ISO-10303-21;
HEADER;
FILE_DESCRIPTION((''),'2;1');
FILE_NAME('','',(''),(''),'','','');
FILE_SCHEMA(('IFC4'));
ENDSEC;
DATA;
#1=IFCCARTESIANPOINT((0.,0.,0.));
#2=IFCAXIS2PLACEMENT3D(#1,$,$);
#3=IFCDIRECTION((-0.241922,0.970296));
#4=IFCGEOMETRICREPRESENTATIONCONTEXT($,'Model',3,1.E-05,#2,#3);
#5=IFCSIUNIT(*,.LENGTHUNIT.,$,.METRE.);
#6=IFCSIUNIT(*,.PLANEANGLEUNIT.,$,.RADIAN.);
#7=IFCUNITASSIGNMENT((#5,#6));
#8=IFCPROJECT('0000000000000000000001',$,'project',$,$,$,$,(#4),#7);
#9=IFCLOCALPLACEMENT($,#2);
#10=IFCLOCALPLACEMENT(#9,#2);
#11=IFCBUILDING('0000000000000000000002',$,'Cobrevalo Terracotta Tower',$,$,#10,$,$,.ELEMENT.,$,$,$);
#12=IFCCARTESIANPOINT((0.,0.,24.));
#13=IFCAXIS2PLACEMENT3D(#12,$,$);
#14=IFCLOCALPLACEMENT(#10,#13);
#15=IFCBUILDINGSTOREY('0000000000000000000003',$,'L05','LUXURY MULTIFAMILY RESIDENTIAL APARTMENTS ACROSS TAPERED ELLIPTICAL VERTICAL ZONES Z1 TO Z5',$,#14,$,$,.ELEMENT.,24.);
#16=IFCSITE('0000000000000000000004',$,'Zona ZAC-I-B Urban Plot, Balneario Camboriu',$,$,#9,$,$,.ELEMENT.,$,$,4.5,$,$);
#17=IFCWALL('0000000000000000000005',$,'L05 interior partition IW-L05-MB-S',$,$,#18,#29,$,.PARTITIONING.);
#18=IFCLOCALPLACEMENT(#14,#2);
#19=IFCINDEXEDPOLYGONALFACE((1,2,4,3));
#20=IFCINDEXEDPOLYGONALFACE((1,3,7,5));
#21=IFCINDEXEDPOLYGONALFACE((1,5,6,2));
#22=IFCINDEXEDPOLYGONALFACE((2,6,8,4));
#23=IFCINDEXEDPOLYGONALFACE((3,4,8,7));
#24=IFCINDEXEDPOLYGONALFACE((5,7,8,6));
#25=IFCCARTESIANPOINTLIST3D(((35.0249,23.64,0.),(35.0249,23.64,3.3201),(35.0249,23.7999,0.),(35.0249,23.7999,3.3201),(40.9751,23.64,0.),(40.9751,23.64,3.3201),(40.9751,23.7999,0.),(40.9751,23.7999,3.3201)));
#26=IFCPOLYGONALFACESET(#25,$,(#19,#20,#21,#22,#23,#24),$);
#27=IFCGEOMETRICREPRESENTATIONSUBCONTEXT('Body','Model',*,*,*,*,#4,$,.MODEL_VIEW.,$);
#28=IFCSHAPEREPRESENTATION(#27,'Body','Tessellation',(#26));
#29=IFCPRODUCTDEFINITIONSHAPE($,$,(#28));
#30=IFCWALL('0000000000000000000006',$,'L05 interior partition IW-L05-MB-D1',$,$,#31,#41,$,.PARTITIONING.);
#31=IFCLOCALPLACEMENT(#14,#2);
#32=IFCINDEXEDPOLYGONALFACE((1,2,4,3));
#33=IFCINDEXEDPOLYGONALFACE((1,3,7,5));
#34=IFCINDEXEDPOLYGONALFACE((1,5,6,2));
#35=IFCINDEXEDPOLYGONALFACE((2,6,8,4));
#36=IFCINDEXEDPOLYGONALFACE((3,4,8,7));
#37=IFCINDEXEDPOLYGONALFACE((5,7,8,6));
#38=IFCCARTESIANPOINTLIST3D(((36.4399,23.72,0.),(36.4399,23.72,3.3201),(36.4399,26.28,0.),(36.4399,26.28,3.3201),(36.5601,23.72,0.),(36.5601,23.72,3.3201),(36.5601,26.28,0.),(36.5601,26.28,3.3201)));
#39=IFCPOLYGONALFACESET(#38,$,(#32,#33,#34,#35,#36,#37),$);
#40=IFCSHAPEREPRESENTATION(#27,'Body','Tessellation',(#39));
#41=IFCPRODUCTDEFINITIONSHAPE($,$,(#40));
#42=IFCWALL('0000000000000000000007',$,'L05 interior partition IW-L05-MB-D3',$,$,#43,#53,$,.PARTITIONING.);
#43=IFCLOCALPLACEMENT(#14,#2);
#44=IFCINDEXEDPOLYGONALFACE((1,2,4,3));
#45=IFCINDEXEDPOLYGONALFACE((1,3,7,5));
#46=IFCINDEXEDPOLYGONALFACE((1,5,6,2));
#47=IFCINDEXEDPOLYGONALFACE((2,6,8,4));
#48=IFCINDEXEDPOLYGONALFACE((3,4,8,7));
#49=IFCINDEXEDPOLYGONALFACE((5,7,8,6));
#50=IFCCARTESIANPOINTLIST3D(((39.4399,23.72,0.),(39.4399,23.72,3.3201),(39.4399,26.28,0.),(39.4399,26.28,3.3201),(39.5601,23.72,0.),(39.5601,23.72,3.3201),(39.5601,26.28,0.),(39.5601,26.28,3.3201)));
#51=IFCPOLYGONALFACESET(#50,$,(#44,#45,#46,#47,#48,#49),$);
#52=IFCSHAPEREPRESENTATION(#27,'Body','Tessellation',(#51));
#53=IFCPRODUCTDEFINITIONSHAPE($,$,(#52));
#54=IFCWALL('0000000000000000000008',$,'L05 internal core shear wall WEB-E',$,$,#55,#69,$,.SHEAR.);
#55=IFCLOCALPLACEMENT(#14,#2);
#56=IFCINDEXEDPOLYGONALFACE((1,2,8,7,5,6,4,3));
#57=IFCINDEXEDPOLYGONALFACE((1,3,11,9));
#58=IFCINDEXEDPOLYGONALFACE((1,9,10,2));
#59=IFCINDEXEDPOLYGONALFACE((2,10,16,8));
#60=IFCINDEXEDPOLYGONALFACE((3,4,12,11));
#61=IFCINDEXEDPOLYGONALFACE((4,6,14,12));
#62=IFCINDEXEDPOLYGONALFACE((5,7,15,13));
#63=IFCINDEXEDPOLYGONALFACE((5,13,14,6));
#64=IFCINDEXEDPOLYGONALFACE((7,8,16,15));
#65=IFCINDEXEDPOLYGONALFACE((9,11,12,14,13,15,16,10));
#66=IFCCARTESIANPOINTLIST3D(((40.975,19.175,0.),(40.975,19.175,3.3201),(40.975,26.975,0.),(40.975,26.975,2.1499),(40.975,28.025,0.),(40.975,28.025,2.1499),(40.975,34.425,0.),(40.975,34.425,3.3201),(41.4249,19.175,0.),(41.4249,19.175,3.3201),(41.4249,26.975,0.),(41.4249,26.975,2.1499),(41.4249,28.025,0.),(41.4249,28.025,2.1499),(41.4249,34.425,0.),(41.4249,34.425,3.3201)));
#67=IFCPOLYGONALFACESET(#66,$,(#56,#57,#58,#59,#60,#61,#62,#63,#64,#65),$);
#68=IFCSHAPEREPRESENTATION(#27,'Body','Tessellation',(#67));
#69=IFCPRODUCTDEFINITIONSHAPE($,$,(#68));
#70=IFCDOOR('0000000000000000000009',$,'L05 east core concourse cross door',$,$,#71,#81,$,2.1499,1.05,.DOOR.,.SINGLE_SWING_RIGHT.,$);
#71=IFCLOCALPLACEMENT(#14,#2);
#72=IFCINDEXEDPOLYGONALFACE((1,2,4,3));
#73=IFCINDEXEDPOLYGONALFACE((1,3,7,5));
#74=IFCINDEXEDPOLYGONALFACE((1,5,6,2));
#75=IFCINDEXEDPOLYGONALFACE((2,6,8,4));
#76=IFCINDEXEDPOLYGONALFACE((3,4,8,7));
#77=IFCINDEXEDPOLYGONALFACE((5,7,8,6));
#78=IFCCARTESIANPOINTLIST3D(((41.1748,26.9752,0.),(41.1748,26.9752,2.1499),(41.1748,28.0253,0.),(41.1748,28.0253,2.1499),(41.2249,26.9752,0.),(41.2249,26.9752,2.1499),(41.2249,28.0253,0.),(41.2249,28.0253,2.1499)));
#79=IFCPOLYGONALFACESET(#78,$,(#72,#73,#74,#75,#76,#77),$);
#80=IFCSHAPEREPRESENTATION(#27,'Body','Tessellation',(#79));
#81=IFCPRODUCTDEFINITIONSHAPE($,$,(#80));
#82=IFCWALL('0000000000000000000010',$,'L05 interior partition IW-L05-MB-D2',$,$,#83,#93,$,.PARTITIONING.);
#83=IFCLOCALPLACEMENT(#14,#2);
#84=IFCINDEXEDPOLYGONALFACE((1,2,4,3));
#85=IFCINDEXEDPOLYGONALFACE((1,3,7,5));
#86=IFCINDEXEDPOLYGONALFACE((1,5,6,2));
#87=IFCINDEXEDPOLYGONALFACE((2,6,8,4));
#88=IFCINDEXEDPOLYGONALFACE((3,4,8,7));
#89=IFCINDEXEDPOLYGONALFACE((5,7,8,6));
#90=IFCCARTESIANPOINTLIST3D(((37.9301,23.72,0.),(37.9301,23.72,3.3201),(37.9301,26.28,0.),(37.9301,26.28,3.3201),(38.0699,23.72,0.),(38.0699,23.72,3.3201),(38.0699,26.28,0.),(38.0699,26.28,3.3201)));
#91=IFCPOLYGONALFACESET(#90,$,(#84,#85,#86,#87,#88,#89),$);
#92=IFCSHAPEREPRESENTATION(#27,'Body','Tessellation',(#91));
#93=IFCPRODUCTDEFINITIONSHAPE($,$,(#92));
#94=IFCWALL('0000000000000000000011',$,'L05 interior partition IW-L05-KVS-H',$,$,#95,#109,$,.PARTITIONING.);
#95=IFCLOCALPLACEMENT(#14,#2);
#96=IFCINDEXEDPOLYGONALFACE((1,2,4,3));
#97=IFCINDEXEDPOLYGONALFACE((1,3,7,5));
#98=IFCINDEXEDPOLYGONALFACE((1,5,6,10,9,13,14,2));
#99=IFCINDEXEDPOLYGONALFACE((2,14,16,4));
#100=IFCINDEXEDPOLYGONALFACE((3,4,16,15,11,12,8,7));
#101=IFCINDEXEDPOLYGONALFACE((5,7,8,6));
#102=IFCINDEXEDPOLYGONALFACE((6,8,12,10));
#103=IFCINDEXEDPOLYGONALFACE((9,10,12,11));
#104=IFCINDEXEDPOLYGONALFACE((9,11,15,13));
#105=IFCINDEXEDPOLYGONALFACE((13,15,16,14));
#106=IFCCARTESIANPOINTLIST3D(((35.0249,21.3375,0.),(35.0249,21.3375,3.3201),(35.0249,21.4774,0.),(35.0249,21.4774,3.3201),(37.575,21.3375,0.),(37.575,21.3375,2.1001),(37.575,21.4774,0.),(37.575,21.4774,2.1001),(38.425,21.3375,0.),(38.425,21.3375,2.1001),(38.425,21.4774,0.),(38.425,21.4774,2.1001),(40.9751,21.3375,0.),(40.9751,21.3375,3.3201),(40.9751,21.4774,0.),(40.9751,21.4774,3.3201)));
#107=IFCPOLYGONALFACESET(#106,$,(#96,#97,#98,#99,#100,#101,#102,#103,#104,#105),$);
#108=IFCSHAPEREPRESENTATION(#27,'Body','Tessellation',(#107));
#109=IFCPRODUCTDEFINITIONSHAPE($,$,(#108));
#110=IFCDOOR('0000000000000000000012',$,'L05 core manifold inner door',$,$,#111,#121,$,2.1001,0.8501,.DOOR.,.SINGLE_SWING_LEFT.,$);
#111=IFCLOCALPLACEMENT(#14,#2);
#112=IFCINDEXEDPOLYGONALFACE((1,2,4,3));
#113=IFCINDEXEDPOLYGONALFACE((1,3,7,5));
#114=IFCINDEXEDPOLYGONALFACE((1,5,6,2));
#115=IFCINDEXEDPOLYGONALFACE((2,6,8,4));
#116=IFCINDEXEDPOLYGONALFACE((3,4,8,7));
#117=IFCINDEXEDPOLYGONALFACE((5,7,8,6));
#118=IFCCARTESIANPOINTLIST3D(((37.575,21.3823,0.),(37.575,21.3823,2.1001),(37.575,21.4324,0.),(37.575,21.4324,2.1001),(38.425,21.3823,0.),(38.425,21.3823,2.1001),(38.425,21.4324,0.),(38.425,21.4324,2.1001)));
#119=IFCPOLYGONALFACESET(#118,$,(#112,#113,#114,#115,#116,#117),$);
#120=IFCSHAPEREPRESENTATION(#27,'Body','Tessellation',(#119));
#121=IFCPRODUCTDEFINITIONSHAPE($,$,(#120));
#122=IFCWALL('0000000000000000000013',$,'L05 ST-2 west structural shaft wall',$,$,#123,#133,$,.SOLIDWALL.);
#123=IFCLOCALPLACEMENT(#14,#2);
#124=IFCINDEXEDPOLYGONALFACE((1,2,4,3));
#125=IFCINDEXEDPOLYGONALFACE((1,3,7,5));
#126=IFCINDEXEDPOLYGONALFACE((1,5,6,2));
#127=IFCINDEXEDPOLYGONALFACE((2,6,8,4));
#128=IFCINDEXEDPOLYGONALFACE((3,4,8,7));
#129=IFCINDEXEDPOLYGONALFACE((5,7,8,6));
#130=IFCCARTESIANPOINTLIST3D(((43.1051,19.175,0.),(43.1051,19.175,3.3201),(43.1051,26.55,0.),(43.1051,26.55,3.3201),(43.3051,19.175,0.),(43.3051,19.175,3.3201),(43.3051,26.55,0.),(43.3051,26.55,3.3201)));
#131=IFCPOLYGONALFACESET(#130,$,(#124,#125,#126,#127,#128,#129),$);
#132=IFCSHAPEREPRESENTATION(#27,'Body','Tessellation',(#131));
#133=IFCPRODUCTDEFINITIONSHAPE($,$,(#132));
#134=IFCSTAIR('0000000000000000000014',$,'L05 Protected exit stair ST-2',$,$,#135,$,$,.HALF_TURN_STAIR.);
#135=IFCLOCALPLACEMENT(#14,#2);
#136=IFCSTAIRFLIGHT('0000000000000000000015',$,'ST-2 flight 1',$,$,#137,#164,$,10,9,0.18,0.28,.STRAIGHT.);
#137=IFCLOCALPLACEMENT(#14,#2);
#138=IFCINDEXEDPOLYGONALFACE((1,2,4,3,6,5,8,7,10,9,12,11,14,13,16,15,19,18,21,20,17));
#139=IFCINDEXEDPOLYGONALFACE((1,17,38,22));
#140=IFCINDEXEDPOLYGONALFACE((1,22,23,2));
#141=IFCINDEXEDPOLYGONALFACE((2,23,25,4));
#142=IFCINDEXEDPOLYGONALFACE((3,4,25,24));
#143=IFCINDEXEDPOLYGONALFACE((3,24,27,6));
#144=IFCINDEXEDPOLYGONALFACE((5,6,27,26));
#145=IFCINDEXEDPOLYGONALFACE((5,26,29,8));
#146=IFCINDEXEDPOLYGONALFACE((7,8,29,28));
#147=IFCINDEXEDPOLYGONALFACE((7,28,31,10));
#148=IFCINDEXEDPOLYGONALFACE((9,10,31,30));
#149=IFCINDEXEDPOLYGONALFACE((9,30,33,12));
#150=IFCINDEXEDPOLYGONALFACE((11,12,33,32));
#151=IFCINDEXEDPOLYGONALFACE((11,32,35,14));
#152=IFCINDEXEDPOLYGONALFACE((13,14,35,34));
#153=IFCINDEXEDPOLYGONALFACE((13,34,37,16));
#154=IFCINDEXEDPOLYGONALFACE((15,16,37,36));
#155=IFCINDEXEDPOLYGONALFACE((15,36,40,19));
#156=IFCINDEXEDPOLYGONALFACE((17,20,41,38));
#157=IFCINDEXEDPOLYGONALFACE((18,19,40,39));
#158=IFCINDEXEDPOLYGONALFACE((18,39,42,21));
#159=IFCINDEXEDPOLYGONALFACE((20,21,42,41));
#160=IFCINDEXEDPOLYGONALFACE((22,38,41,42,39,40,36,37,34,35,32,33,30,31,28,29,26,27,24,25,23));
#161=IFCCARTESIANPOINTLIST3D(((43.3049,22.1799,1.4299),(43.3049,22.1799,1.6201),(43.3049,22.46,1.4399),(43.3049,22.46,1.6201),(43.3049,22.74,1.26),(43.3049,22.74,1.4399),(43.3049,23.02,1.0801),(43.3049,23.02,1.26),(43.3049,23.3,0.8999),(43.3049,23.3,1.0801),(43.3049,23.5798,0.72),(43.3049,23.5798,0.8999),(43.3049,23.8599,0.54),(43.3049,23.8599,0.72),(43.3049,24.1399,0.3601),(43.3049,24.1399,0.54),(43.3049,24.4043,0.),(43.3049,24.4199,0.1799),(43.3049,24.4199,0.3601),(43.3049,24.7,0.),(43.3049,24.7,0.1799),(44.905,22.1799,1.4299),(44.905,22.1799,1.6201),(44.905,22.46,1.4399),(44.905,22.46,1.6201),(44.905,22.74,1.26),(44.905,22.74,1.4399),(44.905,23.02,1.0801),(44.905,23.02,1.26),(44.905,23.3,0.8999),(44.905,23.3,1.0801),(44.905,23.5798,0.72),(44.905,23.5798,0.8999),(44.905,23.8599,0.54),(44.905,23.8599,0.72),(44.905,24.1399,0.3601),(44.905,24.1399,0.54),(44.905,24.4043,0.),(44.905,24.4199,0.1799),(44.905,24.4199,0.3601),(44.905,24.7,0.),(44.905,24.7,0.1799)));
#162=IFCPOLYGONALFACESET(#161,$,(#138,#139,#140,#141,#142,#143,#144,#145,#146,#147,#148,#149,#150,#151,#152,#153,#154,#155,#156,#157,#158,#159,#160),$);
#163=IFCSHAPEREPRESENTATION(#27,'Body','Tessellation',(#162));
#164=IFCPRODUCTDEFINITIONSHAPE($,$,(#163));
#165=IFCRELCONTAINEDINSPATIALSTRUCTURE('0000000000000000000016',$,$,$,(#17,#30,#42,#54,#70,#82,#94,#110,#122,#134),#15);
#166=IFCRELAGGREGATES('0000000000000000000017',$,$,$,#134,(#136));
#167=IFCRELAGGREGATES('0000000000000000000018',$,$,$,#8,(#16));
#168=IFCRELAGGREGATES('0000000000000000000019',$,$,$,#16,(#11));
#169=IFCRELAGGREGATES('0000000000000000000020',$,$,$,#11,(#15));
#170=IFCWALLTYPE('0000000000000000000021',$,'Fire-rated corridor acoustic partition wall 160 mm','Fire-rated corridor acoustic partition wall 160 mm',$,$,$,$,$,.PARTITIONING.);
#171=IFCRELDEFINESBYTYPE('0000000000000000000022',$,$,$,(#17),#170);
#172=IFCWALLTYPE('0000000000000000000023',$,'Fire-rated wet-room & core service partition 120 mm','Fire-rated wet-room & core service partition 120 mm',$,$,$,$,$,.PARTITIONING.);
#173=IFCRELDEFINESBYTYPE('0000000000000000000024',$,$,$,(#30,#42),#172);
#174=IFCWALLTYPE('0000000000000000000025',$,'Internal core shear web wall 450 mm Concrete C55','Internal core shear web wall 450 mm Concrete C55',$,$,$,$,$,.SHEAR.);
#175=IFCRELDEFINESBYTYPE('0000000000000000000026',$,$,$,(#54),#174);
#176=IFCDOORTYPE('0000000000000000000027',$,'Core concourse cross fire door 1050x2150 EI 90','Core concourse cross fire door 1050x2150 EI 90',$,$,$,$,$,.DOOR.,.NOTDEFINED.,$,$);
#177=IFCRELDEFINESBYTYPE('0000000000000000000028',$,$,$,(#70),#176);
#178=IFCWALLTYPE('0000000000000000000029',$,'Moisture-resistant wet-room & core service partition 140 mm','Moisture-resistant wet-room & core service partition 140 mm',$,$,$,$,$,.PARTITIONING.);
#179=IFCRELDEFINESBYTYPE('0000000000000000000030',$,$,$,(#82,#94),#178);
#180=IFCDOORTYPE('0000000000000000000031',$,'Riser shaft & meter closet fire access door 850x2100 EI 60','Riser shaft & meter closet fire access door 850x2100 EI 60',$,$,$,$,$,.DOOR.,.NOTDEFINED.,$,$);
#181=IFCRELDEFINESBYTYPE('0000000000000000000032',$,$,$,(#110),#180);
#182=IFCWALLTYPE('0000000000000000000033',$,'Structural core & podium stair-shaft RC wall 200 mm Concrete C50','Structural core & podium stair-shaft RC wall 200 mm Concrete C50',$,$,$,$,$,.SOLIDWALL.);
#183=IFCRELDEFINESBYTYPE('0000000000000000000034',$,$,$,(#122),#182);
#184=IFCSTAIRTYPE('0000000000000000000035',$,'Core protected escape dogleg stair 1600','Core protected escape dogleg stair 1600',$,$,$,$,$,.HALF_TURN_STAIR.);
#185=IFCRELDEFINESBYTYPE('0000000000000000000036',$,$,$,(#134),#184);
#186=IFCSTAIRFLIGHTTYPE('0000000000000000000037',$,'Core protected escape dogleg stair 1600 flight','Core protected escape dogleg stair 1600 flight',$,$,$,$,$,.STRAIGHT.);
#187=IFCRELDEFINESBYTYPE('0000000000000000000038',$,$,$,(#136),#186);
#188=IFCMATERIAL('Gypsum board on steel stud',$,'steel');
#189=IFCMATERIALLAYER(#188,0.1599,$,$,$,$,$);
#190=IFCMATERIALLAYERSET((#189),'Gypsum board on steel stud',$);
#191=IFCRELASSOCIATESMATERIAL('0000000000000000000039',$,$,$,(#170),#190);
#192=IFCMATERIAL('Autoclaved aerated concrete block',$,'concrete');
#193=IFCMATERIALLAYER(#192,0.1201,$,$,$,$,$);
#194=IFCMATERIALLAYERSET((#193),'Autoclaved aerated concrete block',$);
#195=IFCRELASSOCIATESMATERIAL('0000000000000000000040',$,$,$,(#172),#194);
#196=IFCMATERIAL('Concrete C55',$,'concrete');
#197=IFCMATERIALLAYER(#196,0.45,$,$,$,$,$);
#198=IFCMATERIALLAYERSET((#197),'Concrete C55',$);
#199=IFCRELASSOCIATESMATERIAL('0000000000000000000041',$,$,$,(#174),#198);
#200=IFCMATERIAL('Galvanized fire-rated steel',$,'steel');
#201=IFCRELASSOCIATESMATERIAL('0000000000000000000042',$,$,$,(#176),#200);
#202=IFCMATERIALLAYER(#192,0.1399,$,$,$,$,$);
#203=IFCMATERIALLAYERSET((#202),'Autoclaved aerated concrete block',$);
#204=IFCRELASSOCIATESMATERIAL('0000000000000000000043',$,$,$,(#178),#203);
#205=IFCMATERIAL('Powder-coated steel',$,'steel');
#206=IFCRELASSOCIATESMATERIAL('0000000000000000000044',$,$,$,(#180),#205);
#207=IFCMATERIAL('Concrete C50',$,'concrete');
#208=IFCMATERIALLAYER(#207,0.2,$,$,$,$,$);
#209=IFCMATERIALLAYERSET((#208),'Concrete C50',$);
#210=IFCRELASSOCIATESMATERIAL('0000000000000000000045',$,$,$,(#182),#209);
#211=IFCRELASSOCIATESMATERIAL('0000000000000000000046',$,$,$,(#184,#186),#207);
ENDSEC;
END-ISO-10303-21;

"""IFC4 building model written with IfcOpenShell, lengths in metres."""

from ifc_helpers import new_model, si_unit, direction, frame, frame_2d, origin, place, context, subcontext, project, spatial, polyline, rectangle, outline, extrude, source, transform, mapped, material, layer, layer_set, type_object, element, fill, aggregate, save


model = new_model("IFC4")

# Units and contexts
model_context = context("Model", 3, precision=1e-05, world=origin(), true_north=direction((-0.241922, 0.970296)))
body_context = subcontext(model_context, "Body", "Model", "MODEL_VIEW")
ifc_project = project(units=[si_unit("LENGTHUNIT", "METRE"), si_unit("PLANEANGLEUNIT", "RADIAN")], contexts=[model_context])

# Site, building, storey
site_placement = place(None, origin())
site = spatial("IfcSite", under=ifc_project, at=site_placement, Name="Zona ZAC-I-B Urban Plot, Balneario Camboriu", CompositionType="ELEMENT", RefElevation=4.5)
building_placement = place(site_placement, origin())
building = spatial("IfcBuilding", under=site, at=building_placement, Name="Cobrevalo Terracotta Tower", CompositionType="ELEMENT")
storey_placement = place(building_placement, frame((0.0, 0.0, 24.0)))
storey = spatial("IfcBuildingStorey", under=building, at=storey_placement, Name="L05", Description="LUXURY MULTIFAMILY RESIDENTIAL APARTMENTS ACROSS TAPERED ELLIPTICAL VERTICAL ZONES Z1 TO Z5", CompositionType="ELEMENT", Elevation=24.0)

# Walls
ifc_material_1 = material(Name="Gypsum board on steel stud", Category="steel")
ifc_layer_1 = layer(ifc_material_1, 0.1599)
ifc_layer_set_1 = layer_set([ifc_layer_1], Name="Gypsum board on steel stud")
wall_type_1 = type_object("IfcWallType", Name="Fire-rated corridor acoustic partition wall 160 mm", Description="Fire-rated corridor acoustic partition wall 160 mm", PredefinedType="PARTITIONING", material=ifc_layer_set_1)
wall_1_placement = place(storey_placement, frame((35.0249, 23.72, 0.0), z_axis=(0.0, 0.0, 1.0), x_axis=(1.0, 0.0, 0.0)))
element("IfcWall", 1, at=wall_1_placement, inside=storey, type_object=wall_type_1, Name="L05 interior partition IW-L05-MB-S", PredefinedType="PARTITIONING", context=body_context, shape_type="SweptSolid", body=[
    extrude(rectangle(XDim=5.9502, YDim=0.1599, at=frame_2d((2.9751, 0.0))), origin(), (0.0, 0.0, 1.0), 3.3201),
])
ifc_material_2 = material(Name="Autoclaved aerated concrete block", Category="concrete")
ifc_layer_2 = layer(ifc_material_2, 0.1201)
ifc_layer_set_2 = layer_set([ifc_layer_2], Name="Autoclaved aerated concrete block")
wall_type_2 = type_object("IfcWallType", Name="Fire-rated wet-room & core service partition 120 mm", Description="Fire-rated wet-room & core service partition 120 mm", PredefinedType="PARTITIONING", material=ifc_layer_set_2)
for number, where, z_axis, x_axis, name in (
    (2, (36.5, 23.72, 0.0), (0.0, 0.0, 1.0), (0.0, 1.0, 0.0), "L05 interior partition IW-L05-MB-D1"),
    (3, (39.5, 23.72, 0.0), (0.0, 0.0, 1.0), (0.0, 1.0, 0.0), "L05 interior partition IW-L05-MB-D3"),
):
    element("IfcWall", number, at=place(storey_placement, frame(where, z_axis=z_axis, x_axis=x_axis)), inside=storey, type_object=wall_type_2, Name=name, PredefinedType="PARTITIONING", context=body_context, shape_type="SweptSolid", body=[
        extrude(rectangle(XDim=2.5601, YDim=0.1201, at=frame_2d((1.28, 0.0))), origin(), (0.0, 0.0, 1.0), 3.3201),
    ])

# Wall, opening, door
ifc_material_3 = material(Name="Concrete C55", Category="concrete")
ifc_layer_3 = layer(ifc_material_3, 0.45)
ifc_layer_set_3 = layer_set([ifc_layer_3], Name="Concrete C55")
wall_type_3 = type_object("IfcWallType", Name="Internal core shear web wall 450 mm Concrete C55", Description="Internal core shear web wall 450 mm Concrete C55", PredefinedType="SHEAR", material=ifc_layer_set_3)
wall_2_placement = place(storey_placement, frame((41.2, 19.175, 0.0), z_axis=(0.0, 0.0, 1.0), x_axis=(0.0, 1.0, 0.0)))
wall_2 = element("IfcWall", 4, at=wall_2_placement, inside=storey, type_object=wall_type_3, Name="L05 internal core shear wall WEB-E", PredefinedType="SHEAR", context=body_context, shape_type="SweptSolid", body=[
    extrude(rectangle(XDim=15.25, YDim=0.45, at=frame_2d((7.625, 0.0))), origin(), (0.0, 0.0, 1.0), 3.3201),
])
opening_1_placement = place(wall_2_placement, frame((7.8, 0.0, 0.0)))
opening_1 = element("IfcOpeningElement", 5, at=opening_1_placement, cuts=wall_2, PredefinedType="OPENING", context=body_context, shape_type="SweptSolid", body=[
    extrude(rectangle(XDim=1.05, YDim=2.1499, at=frame_2d((0.5249, 1.075))), frame((0.0, 0.2349, 0.0), z_axis=(0.0, -1.0, 0.0), x_axis=(1.0, 0.0, 0.0)), (0.0, 0.0, 1.0), 0.47),
])
ifc_material_4 = material(Name="Galvanized fire-rated steel", Category="steel")
door_type_1 = type_object("IfcDoorType", Name="Core concourse cross fire door 1050x2150 EI 90", Description="Core concourse cross fire door 1050x2150 EI 90", OperationType="NOTDEFINED", PredefinedType="DOOR", material=ifc_material_4)
shared_shape_1 = source(origin(), body_context, "Body", "SweptSolid", [
    extrude(rectangle(XDim=1.05, YDim=2.1499, at=frame_2d((0.5249, 1.075))), frame((0.0, 0.0249, 0.0), z_axis=(0.0, -1.0, 0.0), x_axis=(1.0, 0.0, 0.0)), (0.0, 0.0, 1.0), 0.05),
])
door_1_placement = place(opening_1_placement, frame((1.05, 0.0, 0.0), z_axis=(0.0, 0.0, 1.0), x_axis=(-1.0, 0.0, 0.0)))
door_1 = element("IfcDoor", 6, at=door_1_placement, inside=storey, type_object=door_type_1, Name="L05 east core concourse cross door", OperationType="SINGLE_SWING_RIGHT", OverallHeight=2.1499, OverallWidth=1.05, PredefinedType="DOOR", context=body_context, shape_type="MappedRepresentation", body=[
    mapped(shared_shape_1, transform((0.0, 0.0, 0.0), scale=1.0)),
])
fill(opening_1, door_1)

# Wall
ifc_layer_4 = layer(ifc_material_2, 0.1399)
ifc_layer_set_4 = layer_set([ifc_layer_4], Name="Autoclaved aerated concrete block")
wall_type_4 = type_object("IfcWallType", Name="Moisture-resistant wet-room & core service partition 140 mm", Description="Moisture-resistant wet-room & core service partition 140 mm", PredefinedType="PARTITIONING", material=ifc_layer_set_4)
wall_3_placement = place(storey_placement, frame((38.0, 23.72, 0.0), z_axis=(0.0, 0.0, 1.0), x_axis=(0.0, 1.0, 0.0)))
element("IfcWall", 7, at=wall_3_placement, inside=storey, type_object=wall_type_4, Name="L05 interior partition IW-L05-MB-D2", PredefinedType="PARTITIONING", context=body_context, shape_type="SweptSolid", body=[
    extrude(rectangle(XDim=2.5601, YDim=0.1399, at=frame_2d((1.28, 0.0))), origin(), (0.0, 0.0, 1.0), 3.3201),
])

# Wall, opening, door
wall_4_placement = place(storey_placement, frame((35.0249, 21.4075, 0.0), z_axis=(0.0, 0.0, 1.0), x_axis=(1.0, 0.0, 0.0)))
wall_4 = element("IfcWall", 8, at=wall_4_placement, inside=storey, type_object=wall_type_4, Name="L05 interior partition IW-L05-KVS-H", PredefinedType="PARTITIONING", context=body_context, shape_type="SweptSolid", body=[
    extrude(rectangle(XDim=5.9502, YDim=0.1399, at=frame_2d((2.9751, 0.0))), origin(), (0.0, 0.0, 1.0), 3.3201),
])
opening_2_placement = place(wall_4_placement, frame((2.55, 0.0, 0.0)))
opening_2 = element("IfcOpeningElement", 9, at=opening_2_placement, cuts=wall_4, PredefinedType="OPENING", context=body_context, shape_type="SweptSolid", body=[
    extrude(rectangle(XDim=0.8501, YDim=2.1001, at=frame_2d((0.425, 1.05))), frame((0.0, 0.0801, 0.0), z_axis=(0.0, -1.0, 0.0), x_axis=(1.0, 0.0, 0.0)), (0.0, 0.0, 1.0), 0.1599),
])
ifc_material_5 = material(Name="Powder-coated steel", Category="steel")
door_type_2 = type_object("IfcDoorType", Name="Riser shaft & meter closet fire access door 850x2100 EI 60", Description="Riser shaft & meter closet fire access door 850x2100 EI 60", OperationType="NOTDEFINED", PredefinedType="DOOR", material=ifc_material_5)
shared_shape_2 = source(origin(), body_context, "Body", "SweptSolid", [
    extrude(rectangle(XDim=0.8501, YDim=2.1001, at=frame_2d((0.425, 1.05))), frame((0.0, 0.0249, 0.0), z_axis=(0.0, -1.0, 0.0), x_axis=(1.0, 0.0, 0.0)), (0.0, 0.0, 1.0), 0.05),
])
door_2_placement = place(opening_2_placement, origin())
door_2 = element("IfcDoor", 10, at=door_2_placement, inside=storey, type_object=door_type_2, Name="L05 core manifold inner door", OperationType="SINGLE_SWING_LEFT", OverallHeight=2.1001, OverallWidth=0.8501, PredefinedType="DOOR", context=body_context, shape_type="MappedRepresentation", body=[
    mapped(shared_shape_2, transform((0.0, 0.0, 0.0), scale=1.0)),
])
fill(opening_2, door_2)

# Wall
ifc_material_6 = material(Name="Concrete C50", Category="concrete")
ifc_layer_5 = layer(ifc_material_6, 0.2)
ifc_layer_set_5 = layer_set([ifc_layer_5], Name="Concrete C50")
wall_type_5 = type_object("IfcWallType", Name="Structural core & podium stair-shaft RC wall 200 mm Concrete C50", Description="Structural core & podium stair-shaft RC wall 200 mm Concrete C50", PredefinedType="SOLIDWALL", material=ifc_layer_set_5)
wall_5_placement = place(storey_placement, frame((43.2051, 19.175, 0.0), z_axis=(0.0, 0.0, 1.0), x_axis=(0.0, 1.0, 0.0)))
element("IfcWall", 11, at=wall_5_placement, inside=storey, type_object=wall_type_5, Name="L05 ST-2 west structural shaft wall", PredefinedType="SOLIDWALL", context=body_context, shape_type="SweptSolid", body=[
    extrude(rectangle(XDim=7.375, YDim=0.2, at=frame_2d((3.6875, 0.0))), origin(), (0.0, 0.0, 1.0), 3.3201),
])

# Stair, stair flight
stair_type = type_object("IfcStairType", Name="Core protected escape dogleg stair 1600", Description="Core protected escape dogleg stair 1600", PredefinedType="HALF_TURN_STAIR", material=ifc_material_6)
stair_placement = place(storey_placement, origin())
stair = element("IfcStair", 12, at=stair_placement, inside=storey, type_object=stair_type, Name="L05 Protected exit stair ST-2", PredefinedType="HALF_TURN_STAIR")
stair_flight_type = type_object("IfcStairFlightType", Name="Core protected escape dogleg stair 1600 flight", Description="Core protected escape dogleg stair 1600 flight", PredefinedType="STRAIGHT", material=ifc_material_6)
stair_flight_1_placement = place(storey_placement, frame((44.105, 24.7, 0.0), z_axis=(0.0, 0.0, 1.0), x_axis=(0.0, -1.0, 0.0)))
stair_flight_1 = element("IfcStairFlight", 13, at=stair_flight_1_placement, type_object=stair_flight_type, Name="ST-2 flight 1", NumberOfRisers=10, NumberOfTreads=9, PredefinedType="STRAIGHT", RiserHeight=0.18, TreadLength=0.28, context=body_context, shape_type="SweptSolid", body=[
    extrude(outline(polyline([(0.0, 0.0), (0.0, 0.1799), (0.28, 0.1799), (0.28, 0.3601), (0.5601, 0.3601), (0.5601, 0.54), (0.8401, 0.54), (0.8401, 0.72), (1.1201, 0.72), (1.1201, 0.8999), (1.3999, 0.8999), (1.3999, 1.0801), (1.6799, 1.0801), (1.6799, 1.26), (1.96, 1.26), (1.96, 1.4399), (2.24, 1.4399), (2.24, 1.6201), (2.52, 1.6201), (2.52, 1.8), (2.52, 1.4299), (0.2957, 0.0), (0.0, 0.0)])), frame((0.0, 0.8, 0.0), z_axis=(0.0, -1.0, 0.0), x_axis=(1.0, 0.0, 0.0)), (0.0, 0.0, 1.0), 1.6001),
])
aggregate(stair, [stair_flight_1])

save(model, "model.ifc")
